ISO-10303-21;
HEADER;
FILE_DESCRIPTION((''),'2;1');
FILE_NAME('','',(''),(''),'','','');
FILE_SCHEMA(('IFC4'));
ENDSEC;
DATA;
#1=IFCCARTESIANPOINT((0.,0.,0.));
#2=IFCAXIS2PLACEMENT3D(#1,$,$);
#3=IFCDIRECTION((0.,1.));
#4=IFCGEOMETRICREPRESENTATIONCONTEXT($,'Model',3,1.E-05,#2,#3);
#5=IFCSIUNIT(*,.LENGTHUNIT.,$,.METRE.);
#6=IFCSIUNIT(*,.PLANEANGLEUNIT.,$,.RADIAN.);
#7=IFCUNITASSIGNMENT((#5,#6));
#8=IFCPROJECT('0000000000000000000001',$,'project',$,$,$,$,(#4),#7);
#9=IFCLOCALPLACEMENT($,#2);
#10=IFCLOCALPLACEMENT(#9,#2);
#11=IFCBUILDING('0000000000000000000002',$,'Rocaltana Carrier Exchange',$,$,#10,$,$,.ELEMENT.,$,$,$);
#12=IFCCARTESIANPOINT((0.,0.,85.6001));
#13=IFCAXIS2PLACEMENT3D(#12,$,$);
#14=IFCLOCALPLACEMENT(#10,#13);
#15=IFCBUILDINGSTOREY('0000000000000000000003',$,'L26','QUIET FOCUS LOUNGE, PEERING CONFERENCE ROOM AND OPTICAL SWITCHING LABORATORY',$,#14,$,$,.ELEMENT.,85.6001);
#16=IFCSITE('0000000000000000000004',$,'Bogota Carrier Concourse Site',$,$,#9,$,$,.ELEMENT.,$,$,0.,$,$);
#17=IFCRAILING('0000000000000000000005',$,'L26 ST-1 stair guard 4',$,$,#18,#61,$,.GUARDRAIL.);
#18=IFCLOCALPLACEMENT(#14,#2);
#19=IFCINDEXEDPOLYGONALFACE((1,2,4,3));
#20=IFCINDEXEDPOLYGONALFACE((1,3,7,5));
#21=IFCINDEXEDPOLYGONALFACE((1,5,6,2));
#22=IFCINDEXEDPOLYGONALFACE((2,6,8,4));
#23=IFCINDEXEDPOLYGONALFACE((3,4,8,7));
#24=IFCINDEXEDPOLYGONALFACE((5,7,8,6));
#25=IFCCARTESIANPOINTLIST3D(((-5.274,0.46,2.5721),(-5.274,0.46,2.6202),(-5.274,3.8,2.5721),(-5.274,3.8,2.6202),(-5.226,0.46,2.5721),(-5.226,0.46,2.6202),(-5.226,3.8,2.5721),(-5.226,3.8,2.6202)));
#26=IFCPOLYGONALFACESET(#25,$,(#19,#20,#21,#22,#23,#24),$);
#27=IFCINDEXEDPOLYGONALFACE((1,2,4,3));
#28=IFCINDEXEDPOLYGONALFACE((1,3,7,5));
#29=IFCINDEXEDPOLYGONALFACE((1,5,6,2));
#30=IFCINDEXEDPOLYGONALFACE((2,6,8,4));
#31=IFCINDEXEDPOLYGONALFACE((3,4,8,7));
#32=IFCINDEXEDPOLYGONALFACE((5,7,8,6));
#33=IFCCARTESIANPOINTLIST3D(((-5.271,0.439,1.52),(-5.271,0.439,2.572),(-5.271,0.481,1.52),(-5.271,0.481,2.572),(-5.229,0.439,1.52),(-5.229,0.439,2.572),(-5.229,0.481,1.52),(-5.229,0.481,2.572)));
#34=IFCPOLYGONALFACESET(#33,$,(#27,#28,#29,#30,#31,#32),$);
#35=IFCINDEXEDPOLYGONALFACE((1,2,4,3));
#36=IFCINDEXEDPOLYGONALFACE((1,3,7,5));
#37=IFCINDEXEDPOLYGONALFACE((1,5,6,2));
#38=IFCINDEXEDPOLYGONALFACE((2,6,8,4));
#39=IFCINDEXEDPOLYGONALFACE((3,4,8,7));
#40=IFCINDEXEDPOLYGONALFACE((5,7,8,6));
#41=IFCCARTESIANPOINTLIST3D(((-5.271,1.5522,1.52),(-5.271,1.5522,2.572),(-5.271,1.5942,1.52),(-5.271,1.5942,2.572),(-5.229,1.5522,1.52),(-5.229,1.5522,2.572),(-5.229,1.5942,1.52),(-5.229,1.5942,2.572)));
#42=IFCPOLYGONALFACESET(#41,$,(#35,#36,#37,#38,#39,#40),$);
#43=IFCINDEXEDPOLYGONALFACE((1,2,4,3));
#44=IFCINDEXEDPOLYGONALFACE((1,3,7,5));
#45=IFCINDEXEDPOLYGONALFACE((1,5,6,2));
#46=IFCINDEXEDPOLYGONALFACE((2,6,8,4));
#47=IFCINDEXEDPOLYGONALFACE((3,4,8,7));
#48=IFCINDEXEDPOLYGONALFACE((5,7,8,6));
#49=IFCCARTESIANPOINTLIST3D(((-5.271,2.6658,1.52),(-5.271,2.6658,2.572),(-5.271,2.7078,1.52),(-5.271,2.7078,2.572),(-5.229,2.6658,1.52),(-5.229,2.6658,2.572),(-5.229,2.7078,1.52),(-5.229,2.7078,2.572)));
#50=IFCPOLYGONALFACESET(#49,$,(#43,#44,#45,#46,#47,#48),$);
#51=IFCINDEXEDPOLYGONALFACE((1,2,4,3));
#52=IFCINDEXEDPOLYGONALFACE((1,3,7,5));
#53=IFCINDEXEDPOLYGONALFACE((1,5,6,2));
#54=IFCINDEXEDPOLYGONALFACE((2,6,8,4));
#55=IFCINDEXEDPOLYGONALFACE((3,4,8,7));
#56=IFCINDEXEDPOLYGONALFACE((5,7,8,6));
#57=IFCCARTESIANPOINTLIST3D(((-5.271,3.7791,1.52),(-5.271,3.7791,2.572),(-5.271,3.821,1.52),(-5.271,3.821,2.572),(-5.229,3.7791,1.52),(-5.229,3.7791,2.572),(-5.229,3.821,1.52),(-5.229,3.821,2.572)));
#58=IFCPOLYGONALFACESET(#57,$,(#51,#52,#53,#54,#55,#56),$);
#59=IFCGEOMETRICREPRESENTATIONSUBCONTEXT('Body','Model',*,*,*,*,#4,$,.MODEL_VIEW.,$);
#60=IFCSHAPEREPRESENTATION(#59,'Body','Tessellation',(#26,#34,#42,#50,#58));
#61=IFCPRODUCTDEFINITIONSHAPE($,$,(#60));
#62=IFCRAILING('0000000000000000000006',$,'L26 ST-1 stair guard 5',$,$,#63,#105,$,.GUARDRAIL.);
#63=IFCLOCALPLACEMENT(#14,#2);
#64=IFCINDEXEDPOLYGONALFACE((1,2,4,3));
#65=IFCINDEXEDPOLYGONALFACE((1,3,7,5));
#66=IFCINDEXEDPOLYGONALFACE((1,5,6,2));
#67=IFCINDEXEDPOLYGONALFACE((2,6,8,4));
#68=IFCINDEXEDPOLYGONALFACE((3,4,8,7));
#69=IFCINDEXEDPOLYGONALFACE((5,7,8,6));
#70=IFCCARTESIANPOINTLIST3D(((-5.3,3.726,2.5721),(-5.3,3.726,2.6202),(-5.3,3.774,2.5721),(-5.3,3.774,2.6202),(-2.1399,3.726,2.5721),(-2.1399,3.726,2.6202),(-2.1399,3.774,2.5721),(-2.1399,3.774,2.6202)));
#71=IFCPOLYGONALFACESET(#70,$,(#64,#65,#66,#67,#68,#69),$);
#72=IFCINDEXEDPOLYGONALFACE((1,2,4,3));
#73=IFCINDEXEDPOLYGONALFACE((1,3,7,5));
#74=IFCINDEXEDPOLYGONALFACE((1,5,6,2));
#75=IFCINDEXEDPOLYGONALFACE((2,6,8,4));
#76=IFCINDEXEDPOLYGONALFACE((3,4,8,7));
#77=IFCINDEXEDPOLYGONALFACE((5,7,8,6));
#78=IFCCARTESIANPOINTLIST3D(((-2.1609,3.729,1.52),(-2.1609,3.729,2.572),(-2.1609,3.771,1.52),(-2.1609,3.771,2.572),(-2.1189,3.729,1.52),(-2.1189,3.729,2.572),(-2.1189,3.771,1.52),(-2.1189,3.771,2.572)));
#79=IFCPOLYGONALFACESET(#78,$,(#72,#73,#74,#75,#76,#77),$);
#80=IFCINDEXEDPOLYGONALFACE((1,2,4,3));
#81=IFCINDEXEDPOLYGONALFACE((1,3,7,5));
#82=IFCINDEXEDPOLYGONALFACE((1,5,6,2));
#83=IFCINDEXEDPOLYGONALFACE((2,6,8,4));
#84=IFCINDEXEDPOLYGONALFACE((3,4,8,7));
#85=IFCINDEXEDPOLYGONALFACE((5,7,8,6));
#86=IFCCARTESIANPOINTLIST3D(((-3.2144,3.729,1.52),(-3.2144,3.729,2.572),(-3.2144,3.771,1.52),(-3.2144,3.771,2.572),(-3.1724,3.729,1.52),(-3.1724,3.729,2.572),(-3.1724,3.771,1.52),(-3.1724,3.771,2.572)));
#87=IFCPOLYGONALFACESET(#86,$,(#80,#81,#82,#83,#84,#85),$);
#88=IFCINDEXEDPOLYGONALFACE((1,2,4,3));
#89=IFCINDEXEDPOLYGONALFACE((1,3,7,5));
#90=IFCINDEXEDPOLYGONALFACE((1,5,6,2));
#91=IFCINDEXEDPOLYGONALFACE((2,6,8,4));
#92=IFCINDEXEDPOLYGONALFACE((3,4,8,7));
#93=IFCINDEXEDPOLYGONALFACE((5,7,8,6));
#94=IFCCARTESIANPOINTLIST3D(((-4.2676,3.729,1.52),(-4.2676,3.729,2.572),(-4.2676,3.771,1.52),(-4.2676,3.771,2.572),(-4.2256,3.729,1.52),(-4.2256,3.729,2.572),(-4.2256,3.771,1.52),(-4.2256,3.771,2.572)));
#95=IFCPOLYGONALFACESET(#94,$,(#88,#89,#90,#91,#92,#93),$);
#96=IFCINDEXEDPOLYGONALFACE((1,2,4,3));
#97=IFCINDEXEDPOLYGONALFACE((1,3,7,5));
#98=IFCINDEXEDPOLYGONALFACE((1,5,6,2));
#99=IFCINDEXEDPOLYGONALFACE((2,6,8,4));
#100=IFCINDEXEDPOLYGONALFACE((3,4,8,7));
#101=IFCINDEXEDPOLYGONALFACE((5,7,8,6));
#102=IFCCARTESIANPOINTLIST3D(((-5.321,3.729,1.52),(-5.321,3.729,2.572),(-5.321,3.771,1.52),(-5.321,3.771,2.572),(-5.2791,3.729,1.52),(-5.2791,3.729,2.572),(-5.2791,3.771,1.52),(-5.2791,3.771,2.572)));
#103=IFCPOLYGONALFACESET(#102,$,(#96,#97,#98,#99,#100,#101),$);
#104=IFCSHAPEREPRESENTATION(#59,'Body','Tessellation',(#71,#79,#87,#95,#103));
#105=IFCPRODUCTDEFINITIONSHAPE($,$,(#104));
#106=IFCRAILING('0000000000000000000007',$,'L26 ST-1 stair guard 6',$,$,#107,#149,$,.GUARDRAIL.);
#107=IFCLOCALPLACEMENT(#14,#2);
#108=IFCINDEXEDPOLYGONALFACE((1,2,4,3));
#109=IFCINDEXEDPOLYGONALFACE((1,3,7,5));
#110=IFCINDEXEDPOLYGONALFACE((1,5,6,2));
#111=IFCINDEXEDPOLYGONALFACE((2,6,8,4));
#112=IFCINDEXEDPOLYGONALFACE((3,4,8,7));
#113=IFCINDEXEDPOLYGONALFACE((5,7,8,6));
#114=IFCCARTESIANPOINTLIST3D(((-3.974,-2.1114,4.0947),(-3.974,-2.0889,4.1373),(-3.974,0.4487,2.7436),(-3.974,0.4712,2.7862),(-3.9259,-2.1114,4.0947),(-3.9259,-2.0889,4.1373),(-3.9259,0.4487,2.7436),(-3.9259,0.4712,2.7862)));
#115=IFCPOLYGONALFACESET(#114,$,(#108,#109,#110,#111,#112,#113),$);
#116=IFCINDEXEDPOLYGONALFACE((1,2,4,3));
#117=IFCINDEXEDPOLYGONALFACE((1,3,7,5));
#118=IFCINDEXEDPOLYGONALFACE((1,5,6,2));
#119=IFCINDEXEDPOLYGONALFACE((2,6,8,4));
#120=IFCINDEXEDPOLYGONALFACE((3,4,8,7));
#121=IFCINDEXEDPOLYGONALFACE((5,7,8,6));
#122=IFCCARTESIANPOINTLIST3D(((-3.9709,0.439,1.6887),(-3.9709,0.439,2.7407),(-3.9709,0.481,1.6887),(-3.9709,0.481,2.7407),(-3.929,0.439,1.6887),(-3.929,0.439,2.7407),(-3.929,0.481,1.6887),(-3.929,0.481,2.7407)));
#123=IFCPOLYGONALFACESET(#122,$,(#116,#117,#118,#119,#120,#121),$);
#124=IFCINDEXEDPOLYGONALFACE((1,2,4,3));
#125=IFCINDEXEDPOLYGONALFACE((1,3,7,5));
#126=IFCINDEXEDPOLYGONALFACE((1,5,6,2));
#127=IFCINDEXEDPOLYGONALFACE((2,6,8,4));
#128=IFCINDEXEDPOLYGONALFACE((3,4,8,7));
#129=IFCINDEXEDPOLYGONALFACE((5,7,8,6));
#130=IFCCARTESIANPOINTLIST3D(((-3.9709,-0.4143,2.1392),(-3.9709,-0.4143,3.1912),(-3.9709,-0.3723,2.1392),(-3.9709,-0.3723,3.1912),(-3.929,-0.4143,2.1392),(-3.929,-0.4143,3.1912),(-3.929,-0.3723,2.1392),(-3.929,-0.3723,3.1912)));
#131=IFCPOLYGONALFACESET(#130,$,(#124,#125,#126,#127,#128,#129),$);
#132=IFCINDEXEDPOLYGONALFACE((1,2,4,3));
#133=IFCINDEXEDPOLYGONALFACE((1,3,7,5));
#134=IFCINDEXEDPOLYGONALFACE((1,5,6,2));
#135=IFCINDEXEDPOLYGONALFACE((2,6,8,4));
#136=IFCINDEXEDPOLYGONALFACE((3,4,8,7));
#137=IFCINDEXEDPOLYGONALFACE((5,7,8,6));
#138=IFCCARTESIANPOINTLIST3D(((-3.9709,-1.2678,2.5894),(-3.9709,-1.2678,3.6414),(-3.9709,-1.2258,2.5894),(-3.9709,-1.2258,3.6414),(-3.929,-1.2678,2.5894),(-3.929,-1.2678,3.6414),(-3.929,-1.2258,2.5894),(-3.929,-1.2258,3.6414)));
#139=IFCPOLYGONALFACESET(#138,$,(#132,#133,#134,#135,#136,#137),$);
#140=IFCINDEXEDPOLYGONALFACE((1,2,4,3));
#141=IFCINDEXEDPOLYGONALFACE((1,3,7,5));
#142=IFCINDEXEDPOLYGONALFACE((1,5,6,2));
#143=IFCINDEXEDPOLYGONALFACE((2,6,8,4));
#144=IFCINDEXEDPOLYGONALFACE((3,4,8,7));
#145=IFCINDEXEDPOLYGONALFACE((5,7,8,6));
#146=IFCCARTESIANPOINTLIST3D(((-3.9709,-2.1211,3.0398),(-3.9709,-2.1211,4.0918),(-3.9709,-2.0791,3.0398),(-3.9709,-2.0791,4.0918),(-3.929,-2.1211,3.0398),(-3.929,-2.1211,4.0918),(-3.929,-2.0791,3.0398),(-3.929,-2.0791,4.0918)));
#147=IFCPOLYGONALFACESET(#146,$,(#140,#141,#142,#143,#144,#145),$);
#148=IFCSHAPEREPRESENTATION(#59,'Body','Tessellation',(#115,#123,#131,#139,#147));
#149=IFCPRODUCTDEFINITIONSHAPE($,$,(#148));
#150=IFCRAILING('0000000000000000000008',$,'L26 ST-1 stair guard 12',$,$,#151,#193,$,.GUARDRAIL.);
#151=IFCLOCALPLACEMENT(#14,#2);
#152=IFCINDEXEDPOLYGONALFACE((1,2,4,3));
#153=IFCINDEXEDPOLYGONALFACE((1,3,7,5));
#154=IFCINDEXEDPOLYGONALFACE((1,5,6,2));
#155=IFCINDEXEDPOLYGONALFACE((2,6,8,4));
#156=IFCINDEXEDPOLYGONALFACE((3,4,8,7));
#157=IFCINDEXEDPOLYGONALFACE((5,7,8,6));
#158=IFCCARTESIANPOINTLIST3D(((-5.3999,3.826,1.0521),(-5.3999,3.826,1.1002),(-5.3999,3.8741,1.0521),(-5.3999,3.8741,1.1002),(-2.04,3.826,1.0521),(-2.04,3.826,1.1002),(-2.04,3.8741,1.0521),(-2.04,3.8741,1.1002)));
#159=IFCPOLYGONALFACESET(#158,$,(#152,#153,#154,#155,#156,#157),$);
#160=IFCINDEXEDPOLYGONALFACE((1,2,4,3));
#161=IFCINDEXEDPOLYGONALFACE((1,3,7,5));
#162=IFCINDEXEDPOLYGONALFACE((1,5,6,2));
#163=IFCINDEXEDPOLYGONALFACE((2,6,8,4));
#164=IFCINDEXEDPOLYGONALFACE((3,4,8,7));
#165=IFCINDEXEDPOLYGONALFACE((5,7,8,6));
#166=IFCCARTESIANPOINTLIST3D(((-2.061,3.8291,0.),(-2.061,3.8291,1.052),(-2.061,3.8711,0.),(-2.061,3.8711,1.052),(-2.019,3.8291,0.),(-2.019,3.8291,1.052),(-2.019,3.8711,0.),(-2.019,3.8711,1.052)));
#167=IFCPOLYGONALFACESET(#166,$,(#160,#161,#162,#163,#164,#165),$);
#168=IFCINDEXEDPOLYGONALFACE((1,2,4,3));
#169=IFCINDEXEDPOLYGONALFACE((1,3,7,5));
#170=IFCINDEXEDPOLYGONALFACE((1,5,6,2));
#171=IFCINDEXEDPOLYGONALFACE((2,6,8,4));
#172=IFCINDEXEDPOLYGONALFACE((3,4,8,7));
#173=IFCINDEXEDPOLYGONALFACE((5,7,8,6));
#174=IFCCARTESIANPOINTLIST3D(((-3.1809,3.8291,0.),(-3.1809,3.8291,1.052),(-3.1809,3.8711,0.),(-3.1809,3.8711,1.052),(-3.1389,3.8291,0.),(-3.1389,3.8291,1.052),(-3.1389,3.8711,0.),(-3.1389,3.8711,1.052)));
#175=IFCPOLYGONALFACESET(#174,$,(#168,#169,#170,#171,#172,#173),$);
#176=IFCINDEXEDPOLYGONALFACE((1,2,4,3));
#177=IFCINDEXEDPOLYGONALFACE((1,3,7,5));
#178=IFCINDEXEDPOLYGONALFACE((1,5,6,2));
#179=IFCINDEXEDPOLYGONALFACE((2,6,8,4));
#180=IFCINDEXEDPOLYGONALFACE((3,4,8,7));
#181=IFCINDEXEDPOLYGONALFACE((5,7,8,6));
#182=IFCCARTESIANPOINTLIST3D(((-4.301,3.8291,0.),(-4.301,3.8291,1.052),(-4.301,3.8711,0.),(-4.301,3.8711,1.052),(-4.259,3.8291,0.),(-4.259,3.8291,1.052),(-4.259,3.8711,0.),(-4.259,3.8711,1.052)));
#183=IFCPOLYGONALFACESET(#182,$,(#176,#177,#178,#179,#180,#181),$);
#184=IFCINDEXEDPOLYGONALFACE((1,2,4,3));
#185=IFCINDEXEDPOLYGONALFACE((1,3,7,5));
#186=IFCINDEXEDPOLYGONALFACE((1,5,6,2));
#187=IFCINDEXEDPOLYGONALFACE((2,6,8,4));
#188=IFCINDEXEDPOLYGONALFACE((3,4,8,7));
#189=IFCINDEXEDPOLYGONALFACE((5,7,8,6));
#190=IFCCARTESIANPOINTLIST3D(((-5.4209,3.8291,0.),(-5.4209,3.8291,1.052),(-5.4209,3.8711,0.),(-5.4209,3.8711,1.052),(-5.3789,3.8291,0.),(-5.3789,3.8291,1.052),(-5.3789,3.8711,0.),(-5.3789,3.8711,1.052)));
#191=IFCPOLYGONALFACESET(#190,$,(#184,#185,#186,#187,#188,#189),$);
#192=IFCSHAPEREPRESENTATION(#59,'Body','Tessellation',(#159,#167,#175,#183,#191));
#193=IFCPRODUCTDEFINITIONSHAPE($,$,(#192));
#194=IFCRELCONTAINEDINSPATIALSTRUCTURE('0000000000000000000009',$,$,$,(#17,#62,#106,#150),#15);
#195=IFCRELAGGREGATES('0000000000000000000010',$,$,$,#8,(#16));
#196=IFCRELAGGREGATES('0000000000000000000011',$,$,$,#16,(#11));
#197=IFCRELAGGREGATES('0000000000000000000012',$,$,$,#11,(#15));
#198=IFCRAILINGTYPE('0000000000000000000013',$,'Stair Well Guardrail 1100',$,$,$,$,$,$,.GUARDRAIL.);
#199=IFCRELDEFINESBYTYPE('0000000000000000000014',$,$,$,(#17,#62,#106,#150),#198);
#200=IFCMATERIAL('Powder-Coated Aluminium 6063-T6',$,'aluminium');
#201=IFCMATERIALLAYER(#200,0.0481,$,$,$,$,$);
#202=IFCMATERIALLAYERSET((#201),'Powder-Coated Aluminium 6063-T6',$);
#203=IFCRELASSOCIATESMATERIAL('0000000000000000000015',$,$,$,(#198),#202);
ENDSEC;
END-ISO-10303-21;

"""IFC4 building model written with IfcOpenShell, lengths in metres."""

from ifc_helpers import new_model, si_unit, direction, frame, origin, origin_2d, place, context, subcontext, project, spatial, rectangle, extrude, material, layer, layer_set, type_object, element, save


model = new_model("IFC4")

# Units and contexts
model_context = context("Model", 3, precision=1e-05, world=origin(), true_north=direction((0.0, 1.0)))
body_context = subcontext(model_context, "Body", "Model", "MODEL_VIEW")
ifc_project = project(units=[si_unit("LENGTHUNIT", "METRE"), si_unit("PLANEANGLEUNIT", "RADIAN")], contexts=[model_context])

# Site, building, storey
site_placement = place(None, origin())
site = spatial("IfcSite", under=ifc_project, at=site_placement, Name="Bogota Carrier Concourse Site", CompositionType="ELEMENT", RefElevation=0.0)
building_placement = place(site_placement, origin())
building = spatial("IfcBuilding", under=site, at=building_placement, Name="Rocaltana Carrier Exchange", CompositionType="ELEMENT")
storey_placement = place(building_placement, frame((0.0, 0.0, 85.6001)))
storey = spatial("IfcBuildingStorey", under=building, at=storey_placement, Name="L26", Description="QUIET FOCUS LOUNGE, PEERING CONFERENCE ROOM AND OPTICAL SWITCHING LABORATORY", CompositionType="ELEMENT", Elevation=85.6001)

# Railings
ifc_material_1 = material(Name="Powder-Coated Aluminium 6063-T6", Category="aluminium")
ifc_layer_1 = layer(ifc_material_1, 0.0481)
ifc_layer_set_1 = layer_set([ifc_layer_1], Name="Powder-Coated Aluminium 6063-T6")
railing_type_1 = type_object("IfcRailingType", Name="Stair Well Guardrail 1100", PredefinedType="GUARDRAIL", material=ifc_layer_set_1)
for number, where, name in (
    (1, (-5.25, 0.46, 1.52), "L26 ST-1 stair guard 4"),
):
    element("IfcRailing", number, at=place(storey_placement, frame(where)), inside=storey, type_object=railing_type_1, Name=name, PredefinedType="GUARDRAIL", context=body_context, shape_type="SweptSolid", body=[
        extrude(rectangle(XDim=0.0481, YDim=0.0481, at=origin_2d()), frame((0.0, 0.0, 1.0762), z_axis=(0.0, 1.0, 0.0), x_axis=(-1.0, 0.0, 0.0)), (0.0, 0.0, 1.0), 3.3401),
        extrude(rectangle(XDim=0.042, YDim=0.042, at=origin_2d()), origin(), (0.0, 0.0, 1.0), 1.052),
        extrude(rectangle(XDim=0.042, YDim=0.042, at=origin_2d()), frame((0.0, 1.1133, 0.0)), (0.0, 0.0, 1.0), 1.052),
        extrude(rectangle(XDim=0.042, YDim=0.042, at=origin_2d()), frame((0.0, 2.2268, 0.0)), (0.0, 0.0, 1.0), 1.052),
        extrude(rectangle(XDim=0.042, YDim=0.042, at=origin_2d()), frame((0.0, 3.3401, 0.0)), (0.0, 0.0, 1.0), 1.052),
    ])
railing_1_placement = place(storey_placement, frame((-2.1399, 3.75, 1.52)))
element("IfcRailing", 2, at=railing_1_placement, inside=storey, type_object=railing_type_1, Name="L26 ST-1 stair guard 5", PredefinedType="GUARDRAIL", context=body_context, shape_type="SweptSolid", body=[
    extrude(rectangle(XDim=0.0481, YDim=0.0481, at=origin_2d()), frame((0.0, 0.0, 1.0762), z_axis=(-1.0, 0.0, 0.0), x_axis=(0.0, -1.0, 0.0)), (0.0, 0.0, 1.0), 3.1602),
    extrude(rectangle(XDim=0.042, YDim=0.042, at=origin_2d()), origin(), (0.0, 0.0, 1.0), 1.052),
    extrude(rectangle(XDim=0.042, YDim=0.042, at=origin_2d()), frame((-1.0535, 0.0, 0.0)), (0.0, 0.0, 1.0), 1.052),
    extrude(rectangle(XDim=0.042, YDim=0.042, at=origin_2d()), frame((-2.1067, 0.0, 0.0)), (0.0, 0.0, 1.0), 1.052),
    extrude(rectangle(XDim=0.042, YDim=0.042, at=origin_2d()), frame((-3.1602, 0.0, 0.0)), (0.0, 0.0, 1.0), 1.052),
])
railing_2_placement = place(storey_placement, frame((-3.95, 0.46, 1.6887)))
element("IfcRailing", 3, at=railing_2_placement, inside=storey, type_object=railing_type_1, Name="L26 ST-1 stair guard 6", PredefinedType="GUARDRAIL", context=body_context, shape_type="SweptSolid", body=[
    extrude(rectangle(XDim=0.0481, YDim=0.0481, at=origin_2d()), frame((0.0, 0.0, 1.0762), z_axis=(0.0, -0.884394, 0.46674), x_axis=(1.0, 0.0, 0.0)), (0.0, 0.0, 1.0), 2.8948),
    extrude(rectangle(XDim=0.042, YDim=0.042, at=origin_2d()), origin(), (0.0, 0.0, 1.0), 1.052),
    extrude(rectangle(XDim=0.042, YDim=0.042, at=origin_2d()), frame((0.0, -0.8533, 0.4504)), (0.0, 0.0, 1.0), 1.052),
    extrude(rectangle(XDim=0.042, YDim=0.042, at=origin_2d()), frame((0.0, -1.7068, 0.9006)), (0.0, 0.0, 1.0), 1.052),
    extrude(rectangle(XDim=0.042, YDim=0.042, at=origin_2d()), frame((0.0, -2.5601, 1.3511)), (0.0, 0.0, 1.0), 1.052),
])
railing_3_placement = place(storey_placement, frame((-2.04, 3.8501, 0.0)))
element("IfcRailing", 4, at=railing_3_placement, inside=storey, type_object=railing_type_1, Name="L26 ST-1 stair guard 12", PredefinedType="GUARDRAIL", context=body_context, shape_type="SweptSolid", body=[
    extrude(rectangle(XDim=0.0481, YDim=0.0481, at=origin_2d()), frame((0.0, 0.0, 1.0762), z_axis=(-1.0, 0.0, 0.0), x_axis=(0.0, -1.0, 0.0)), (0.0, 0.0, 1.0), 3.3599),
    extrude(rectangle(XDim=0.042, YDim=0.042, at=origin_2d()), origin(), (0.0, 0.0, 1.0), 1.052),
    extrude(rectangle(XDim=0.042, YDim=0.042, at=origin_2d()), frame((-1.1199, 0.0, 0.0)), (0.0, 0.0, 1.0), 1.052),
    extrude(rectangle(XDim=0.042, YDim=0.042, at=origin_2d()), frame((-2.24, 0.0, 0.0)), (0.0, 0.0, 1.0), 1.052),
    extrude(rectangle(XDim=0.042, YDim=0.042, at=origin_2d()), frame((-3.3599, 0.0, 0.0)), (0.0, 0.0, 1.0), 1.052),
])

save(model, "model.ifc")
